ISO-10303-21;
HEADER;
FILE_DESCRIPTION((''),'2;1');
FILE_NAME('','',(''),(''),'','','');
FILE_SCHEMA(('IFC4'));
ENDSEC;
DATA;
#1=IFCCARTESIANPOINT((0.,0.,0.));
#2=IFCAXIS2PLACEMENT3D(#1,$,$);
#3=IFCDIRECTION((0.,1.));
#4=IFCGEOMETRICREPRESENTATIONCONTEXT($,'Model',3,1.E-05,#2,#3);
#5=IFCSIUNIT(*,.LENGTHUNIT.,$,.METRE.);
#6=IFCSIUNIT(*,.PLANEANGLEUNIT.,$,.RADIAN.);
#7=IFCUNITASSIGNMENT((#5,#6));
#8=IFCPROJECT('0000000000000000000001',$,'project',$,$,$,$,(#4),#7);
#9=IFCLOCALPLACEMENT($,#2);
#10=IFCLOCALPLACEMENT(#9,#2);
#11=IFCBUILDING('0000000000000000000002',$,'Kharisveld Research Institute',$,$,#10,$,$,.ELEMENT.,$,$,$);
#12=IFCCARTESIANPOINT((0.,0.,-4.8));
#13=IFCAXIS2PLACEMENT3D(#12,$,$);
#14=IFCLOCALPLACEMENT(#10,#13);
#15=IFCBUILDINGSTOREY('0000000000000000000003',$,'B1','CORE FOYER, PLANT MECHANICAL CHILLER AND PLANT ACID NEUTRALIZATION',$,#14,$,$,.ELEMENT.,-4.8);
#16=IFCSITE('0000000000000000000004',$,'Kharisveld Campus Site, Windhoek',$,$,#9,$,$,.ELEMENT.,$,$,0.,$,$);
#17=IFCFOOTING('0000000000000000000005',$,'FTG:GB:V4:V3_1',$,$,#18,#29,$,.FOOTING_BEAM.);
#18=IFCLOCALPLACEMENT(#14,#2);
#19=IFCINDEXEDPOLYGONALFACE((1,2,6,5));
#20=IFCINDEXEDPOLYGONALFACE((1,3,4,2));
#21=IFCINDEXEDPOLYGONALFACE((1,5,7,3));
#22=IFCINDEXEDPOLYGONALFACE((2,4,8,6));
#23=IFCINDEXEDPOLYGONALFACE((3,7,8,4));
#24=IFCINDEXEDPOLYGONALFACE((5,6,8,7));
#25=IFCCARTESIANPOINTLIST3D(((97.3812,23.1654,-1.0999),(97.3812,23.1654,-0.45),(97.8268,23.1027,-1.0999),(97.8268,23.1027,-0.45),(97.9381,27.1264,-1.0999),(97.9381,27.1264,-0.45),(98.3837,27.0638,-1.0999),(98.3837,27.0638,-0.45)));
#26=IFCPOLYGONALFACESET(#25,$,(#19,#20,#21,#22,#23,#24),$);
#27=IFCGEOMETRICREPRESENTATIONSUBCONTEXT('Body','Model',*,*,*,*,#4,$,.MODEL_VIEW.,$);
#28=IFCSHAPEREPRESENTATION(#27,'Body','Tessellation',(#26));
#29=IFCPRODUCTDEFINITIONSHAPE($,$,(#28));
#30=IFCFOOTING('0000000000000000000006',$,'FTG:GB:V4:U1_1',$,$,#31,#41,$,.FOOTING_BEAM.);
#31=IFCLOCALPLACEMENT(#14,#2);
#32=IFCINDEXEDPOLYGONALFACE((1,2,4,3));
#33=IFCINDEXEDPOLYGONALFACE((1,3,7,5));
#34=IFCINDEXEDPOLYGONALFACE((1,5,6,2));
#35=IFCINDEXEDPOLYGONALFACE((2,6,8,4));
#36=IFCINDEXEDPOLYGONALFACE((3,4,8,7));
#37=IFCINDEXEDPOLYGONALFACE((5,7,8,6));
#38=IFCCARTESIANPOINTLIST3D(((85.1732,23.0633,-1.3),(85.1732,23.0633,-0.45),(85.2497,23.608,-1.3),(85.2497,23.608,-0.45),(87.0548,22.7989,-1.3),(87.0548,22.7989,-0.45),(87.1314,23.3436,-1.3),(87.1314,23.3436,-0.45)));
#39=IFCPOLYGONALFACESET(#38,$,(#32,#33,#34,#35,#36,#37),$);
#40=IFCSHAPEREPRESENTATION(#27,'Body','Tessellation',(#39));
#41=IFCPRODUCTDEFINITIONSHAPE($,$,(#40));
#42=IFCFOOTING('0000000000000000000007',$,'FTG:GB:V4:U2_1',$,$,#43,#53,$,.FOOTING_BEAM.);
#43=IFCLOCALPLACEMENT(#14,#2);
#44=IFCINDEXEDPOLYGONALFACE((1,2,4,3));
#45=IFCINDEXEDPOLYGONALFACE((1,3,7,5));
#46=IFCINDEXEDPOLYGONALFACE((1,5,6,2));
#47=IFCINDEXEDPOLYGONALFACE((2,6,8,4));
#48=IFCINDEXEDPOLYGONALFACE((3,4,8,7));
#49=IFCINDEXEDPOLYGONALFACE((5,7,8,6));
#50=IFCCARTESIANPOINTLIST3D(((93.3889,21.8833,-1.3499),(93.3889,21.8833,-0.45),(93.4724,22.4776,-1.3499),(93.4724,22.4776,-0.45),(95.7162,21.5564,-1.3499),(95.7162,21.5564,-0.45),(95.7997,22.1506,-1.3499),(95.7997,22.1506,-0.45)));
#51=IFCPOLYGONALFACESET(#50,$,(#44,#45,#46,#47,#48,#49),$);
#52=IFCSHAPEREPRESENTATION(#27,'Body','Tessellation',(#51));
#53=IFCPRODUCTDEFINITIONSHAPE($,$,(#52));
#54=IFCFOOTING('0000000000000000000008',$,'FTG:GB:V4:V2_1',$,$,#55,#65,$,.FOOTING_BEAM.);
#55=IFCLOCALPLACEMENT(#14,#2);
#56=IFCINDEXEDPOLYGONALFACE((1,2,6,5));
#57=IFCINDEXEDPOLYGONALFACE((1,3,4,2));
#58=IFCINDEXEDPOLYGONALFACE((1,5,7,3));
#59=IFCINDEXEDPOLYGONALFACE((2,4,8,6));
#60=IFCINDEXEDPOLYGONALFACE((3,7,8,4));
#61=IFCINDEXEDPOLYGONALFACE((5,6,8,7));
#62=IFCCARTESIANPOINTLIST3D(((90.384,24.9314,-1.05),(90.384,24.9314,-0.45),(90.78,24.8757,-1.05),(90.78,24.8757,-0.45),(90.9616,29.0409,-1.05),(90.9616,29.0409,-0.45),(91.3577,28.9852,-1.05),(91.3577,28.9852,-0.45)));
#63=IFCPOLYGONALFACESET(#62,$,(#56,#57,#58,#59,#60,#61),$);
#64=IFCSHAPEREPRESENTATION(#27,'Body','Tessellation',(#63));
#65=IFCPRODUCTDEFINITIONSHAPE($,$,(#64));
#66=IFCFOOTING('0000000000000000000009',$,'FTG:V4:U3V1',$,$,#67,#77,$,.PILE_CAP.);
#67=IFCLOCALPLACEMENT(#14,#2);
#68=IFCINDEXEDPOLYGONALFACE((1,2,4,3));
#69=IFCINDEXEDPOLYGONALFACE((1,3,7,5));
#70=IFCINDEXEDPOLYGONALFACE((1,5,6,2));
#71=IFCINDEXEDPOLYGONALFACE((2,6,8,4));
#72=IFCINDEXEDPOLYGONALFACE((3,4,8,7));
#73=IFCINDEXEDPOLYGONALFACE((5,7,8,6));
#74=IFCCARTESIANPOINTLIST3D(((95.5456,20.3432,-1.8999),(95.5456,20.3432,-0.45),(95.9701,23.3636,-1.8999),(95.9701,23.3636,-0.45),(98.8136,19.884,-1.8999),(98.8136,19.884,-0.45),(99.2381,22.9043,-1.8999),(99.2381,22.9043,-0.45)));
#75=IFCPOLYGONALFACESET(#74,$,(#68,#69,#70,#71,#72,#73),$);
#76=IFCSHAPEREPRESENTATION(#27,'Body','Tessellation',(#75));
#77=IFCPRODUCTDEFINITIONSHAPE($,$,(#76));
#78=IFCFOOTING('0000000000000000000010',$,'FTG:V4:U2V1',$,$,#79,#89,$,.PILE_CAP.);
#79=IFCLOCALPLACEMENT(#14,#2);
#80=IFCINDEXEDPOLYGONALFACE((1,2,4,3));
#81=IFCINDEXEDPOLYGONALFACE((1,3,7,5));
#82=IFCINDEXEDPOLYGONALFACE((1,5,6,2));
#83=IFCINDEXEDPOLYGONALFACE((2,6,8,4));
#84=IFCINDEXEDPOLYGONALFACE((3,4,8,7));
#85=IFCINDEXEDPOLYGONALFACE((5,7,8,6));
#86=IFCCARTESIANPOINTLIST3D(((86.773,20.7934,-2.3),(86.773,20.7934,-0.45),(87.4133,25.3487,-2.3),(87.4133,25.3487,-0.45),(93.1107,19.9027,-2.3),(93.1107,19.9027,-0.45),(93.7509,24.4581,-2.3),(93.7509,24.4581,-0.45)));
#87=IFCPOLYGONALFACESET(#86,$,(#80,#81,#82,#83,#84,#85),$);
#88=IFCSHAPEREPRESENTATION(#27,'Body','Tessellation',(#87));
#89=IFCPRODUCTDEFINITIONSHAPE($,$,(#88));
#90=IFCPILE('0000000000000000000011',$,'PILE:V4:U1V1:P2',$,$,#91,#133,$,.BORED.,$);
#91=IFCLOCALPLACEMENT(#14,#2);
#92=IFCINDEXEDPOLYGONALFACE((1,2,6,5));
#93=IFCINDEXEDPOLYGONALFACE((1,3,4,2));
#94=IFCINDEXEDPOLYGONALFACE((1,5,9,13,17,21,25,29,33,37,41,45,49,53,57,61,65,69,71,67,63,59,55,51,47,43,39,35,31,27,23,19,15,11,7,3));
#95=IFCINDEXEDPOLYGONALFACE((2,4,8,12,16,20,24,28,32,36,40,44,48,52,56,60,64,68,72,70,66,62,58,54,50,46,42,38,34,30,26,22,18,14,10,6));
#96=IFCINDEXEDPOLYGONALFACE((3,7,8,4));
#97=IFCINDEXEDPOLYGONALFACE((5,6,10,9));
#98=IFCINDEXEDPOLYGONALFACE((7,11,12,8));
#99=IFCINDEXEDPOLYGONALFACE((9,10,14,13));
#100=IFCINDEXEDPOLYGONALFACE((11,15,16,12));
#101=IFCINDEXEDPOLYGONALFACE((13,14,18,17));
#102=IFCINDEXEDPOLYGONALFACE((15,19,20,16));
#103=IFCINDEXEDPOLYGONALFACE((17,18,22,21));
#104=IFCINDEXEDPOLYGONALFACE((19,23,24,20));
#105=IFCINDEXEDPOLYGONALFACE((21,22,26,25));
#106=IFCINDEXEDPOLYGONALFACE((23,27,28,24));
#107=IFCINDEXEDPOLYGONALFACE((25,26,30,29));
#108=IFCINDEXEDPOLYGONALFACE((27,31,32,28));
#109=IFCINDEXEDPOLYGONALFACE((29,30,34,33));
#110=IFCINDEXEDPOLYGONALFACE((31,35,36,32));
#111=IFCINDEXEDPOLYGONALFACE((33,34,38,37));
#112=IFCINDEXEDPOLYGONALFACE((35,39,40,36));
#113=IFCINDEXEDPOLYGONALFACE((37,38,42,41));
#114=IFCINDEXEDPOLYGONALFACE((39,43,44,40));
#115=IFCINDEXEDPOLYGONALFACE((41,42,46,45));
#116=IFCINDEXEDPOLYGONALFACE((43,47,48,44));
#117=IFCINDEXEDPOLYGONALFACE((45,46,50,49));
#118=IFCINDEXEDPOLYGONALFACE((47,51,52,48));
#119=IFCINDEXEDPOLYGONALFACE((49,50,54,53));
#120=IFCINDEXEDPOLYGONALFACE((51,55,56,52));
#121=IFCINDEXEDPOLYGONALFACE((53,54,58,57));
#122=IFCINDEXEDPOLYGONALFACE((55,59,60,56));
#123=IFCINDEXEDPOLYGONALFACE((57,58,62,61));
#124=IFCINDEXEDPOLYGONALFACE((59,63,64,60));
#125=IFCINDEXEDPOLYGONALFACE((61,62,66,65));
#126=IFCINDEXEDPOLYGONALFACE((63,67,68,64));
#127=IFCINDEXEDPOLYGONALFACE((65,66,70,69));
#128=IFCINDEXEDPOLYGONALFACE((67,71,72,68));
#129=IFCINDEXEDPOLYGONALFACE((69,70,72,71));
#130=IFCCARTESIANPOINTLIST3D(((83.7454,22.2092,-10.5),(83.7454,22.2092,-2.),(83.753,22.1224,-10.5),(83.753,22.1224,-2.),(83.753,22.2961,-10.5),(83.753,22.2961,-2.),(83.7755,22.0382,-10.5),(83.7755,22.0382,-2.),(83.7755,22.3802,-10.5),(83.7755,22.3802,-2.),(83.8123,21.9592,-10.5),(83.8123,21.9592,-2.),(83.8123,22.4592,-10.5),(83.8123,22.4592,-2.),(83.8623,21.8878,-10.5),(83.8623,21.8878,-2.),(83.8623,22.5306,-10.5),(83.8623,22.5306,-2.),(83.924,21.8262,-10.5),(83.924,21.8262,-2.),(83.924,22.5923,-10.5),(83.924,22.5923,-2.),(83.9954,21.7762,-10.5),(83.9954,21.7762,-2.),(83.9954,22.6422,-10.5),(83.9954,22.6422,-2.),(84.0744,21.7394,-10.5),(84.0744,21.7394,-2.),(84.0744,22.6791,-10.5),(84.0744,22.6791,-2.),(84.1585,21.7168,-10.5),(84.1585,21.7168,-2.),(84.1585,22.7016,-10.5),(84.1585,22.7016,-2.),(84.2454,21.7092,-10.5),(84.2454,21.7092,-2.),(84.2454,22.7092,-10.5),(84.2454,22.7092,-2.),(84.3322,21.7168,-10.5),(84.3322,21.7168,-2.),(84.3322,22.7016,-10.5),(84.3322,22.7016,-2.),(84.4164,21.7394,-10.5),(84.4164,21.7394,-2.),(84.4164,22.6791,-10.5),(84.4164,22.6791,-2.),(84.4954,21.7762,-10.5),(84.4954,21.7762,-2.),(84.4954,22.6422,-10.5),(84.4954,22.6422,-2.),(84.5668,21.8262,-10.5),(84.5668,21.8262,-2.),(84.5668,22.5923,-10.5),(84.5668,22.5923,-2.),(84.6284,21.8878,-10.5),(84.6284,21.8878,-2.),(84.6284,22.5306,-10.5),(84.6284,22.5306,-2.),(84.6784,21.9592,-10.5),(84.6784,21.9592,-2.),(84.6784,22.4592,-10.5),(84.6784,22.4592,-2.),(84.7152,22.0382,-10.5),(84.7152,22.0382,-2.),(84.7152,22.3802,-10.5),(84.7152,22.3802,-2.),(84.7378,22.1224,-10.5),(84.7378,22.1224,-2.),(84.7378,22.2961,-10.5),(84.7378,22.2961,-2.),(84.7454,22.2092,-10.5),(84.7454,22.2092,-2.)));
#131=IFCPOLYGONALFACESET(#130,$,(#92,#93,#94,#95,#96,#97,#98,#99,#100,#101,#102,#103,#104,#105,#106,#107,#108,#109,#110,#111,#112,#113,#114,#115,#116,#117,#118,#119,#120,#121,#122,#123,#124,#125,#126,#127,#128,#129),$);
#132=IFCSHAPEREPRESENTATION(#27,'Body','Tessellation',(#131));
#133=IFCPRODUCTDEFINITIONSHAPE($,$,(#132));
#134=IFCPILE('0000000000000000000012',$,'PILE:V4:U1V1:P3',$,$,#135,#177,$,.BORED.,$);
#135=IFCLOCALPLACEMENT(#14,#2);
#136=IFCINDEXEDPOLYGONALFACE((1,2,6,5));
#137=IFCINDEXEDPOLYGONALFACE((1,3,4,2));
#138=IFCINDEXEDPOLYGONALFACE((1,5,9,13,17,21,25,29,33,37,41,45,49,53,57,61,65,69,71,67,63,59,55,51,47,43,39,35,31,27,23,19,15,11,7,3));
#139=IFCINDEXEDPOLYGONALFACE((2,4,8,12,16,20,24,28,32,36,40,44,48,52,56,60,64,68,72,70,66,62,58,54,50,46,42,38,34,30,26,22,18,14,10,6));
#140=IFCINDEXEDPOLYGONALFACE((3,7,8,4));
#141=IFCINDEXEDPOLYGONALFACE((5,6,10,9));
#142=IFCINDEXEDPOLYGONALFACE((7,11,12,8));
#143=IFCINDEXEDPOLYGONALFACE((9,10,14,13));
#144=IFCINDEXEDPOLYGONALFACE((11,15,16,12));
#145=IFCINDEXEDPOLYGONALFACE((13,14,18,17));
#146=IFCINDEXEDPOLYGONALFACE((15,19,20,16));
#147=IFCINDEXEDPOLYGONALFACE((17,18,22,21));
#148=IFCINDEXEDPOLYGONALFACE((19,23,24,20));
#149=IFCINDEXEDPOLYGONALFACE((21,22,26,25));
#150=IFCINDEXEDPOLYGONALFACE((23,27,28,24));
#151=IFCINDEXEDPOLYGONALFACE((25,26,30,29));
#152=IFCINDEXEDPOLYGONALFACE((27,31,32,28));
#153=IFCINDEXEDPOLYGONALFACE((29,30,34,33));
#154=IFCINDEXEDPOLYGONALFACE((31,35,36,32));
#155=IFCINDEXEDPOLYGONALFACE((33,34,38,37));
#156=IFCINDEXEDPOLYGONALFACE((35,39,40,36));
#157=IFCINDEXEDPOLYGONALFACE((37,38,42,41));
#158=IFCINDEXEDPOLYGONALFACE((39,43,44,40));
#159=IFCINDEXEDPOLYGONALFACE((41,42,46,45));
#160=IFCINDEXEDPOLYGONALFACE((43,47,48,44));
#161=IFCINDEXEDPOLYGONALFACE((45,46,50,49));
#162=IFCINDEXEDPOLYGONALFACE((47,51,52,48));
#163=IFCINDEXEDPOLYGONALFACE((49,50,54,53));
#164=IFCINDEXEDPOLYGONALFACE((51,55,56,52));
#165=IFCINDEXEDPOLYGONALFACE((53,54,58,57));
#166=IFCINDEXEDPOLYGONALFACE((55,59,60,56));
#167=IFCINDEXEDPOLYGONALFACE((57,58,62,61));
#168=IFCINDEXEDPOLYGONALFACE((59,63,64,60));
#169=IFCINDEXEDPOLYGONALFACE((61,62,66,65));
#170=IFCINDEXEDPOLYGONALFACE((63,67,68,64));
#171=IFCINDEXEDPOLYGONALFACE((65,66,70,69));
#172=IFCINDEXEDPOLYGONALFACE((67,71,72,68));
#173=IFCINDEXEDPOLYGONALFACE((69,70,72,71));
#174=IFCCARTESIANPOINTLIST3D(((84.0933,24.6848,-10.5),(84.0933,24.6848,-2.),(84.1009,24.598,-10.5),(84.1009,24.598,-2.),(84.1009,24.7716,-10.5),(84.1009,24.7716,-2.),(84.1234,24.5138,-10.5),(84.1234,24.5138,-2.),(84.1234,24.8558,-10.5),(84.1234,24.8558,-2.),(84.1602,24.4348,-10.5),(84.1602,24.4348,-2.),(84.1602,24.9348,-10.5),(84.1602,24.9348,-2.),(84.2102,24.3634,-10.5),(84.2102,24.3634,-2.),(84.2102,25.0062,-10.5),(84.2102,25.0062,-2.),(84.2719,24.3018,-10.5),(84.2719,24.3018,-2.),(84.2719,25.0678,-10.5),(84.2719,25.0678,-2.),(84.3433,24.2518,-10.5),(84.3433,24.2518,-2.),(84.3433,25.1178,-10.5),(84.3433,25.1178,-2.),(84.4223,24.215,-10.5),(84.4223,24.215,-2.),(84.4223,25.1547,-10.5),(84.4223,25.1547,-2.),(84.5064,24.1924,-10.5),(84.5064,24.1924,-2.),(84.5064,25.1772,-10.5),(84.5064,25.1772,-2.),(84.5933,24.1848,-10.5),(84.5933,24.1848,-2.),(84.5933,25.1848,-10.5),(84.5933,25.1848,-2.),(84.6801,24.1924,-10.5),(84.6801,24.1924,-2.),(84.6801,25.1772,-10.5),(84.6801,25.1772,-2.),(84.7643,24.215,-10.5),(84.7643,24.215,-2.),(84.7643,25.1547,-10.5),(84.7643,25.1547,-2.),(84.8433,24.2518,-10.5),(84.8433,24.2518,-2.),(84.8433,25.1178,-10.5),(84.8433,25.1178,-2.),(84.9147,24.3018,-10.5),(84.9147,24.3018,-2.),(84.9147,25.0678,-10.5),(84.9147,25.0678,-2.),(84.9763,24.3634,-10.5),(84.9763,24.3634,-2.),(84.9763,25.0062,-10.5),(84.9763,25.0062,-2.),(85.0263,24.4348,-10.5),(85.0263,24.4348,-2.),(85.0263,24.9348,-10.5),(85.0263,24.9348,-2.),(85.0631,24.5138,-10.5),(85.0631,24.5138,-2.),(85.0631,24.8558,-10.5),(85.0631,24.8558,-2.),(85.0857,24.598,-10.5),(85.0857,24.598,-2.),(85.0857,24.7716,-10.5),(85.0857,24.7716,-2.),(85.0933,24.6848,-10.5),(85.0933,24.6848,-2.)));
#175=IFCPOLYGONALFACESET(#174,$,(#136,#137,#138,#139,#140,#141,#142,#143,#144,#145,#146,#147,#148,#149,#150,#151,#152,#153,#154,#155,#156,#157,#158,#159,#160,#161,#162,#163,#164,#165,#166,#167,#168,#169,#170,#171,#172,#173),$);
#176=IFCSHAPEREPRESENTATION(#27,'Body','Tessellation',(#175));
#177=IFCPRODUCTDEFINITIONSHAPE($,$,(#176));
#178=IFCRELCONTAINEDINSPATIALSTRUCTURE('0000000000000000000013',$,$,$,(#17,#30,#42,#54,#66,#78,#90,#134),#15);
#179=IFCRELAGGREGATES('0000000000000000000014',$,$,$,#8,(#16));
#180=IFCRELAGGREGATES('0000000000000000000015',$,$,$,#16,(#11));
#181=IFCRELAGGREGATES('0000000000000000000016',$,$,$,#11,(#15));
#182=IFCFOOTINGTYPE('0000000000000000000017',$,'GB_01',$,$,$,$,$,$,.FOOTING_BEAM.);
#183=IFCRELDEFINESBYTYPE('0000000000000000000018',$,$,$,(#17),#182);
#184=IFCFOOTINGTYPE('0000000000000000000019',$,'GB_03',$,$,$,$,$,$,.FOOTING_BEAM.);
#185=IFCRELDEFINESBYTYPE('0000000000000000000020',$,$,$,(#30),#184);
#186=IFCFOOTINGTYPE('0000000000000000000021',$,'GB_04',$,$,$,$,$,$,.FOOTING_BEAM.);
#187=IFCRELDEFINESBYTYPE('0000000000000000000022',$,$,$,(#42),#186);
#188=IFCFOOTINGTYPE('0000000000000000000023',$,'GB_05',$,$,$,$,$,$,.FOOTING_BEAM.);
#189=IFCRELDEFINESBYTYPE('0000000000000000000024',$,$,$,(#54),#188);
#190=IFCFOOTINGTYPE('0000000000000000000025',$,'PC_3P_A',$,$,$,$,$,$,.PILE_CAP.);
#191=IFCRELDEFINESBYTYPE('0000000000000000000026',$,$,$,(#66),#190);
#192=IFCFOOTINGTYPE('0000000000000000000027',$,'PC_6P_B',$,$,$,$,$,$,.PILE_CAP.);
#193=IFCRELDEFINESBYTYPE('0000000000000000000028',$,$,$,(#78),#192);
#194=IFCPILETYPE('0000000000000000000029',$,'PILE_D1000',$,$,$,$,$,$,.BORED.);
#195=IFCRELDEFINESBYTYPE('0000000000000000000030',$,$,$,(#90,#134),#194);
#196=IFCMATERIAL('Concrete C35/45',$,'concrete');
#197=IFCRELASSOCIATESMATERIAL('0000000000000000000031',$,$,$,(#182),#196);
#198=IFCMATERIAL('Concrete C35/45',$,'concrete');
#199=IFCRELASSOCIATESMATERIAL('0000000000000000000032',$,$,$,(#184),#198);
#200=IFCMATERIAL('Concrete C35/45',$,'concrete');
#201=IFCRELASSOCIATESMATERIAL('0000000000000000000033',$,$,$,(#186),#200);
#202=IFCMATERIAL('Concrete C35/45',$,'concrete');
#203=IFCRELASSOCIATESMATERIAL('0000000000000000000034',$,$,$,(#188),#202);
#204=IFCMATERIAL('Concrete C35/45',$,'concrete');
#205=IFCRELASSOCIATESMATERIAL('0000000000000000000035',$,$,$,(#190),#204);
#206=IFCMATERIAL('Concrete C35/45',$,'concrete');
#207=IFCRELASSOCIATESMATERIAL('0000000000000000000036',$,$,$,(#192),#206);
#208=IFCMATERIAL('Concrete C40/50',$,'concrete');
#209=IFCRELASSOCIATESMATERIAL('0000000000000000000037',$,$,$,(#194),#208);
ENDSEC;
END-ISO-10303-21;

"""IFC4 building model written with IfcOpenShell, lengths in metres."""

from ifc_helpers import new_model, si_unit, direction, frame, origin, origin_2d, place, context, subcontext, project, spatial, rectangle, circle, extrude, material, material_profile, profile_set, type_object, element, save


model = new_model("IFC4")

# Units and contexts
model_context = context("Model", 3, precision=1e-05, world=origin(), true_north=direction((0.0, 1.0)))
body_context = subcontext(model_context, "Body", "Model", "MODEL_VIEW")
ifc_project = project(units=[si_unit("LENGTHUNIT", "METRE"), si_unit("PLANEANGLEUNIT", "RADIAN")], contexts=[model_context])

# Site, building, storey
site_placement = place(None, origin())
site = spatial("IfcSite", under=ifc_project, at=site_placement, Name="Kharisveld Campus Site, Windhoek", CompositionType="ELEMENT", RefElevation=0.0)
building_placement = place(site_placement, origin())
building = spatial("IfcBuilding", under=site, at=building_placement, Name="Kharisveld Research Institute", CompositionType="ELEMENT")
storey_placement = place(building_placement, frame((0.0, 0.0, -4.8)))
storey = spatial("IfcBuildingStorey", under=building, at=storey_placement, Name="B1", Description="CORE FOYER, PLANT MECHANICAL CHILLER AND PLANT ACID NEUTRALIZATION", CompositionType="ELEMENT", Elevation=-4.8)

# Footings
ifc_material_1 = material(Name="Concrete C35/45", Category="concrete")
ifc_material_profile_1 = material_profile(ifc_material_1, rectangle(XDim=0.45, YDim=0.6499, at=origin_2d()))
ifc_profile_set_1 = profile_set([ifc_material_profile_1], Name="Concrete C35/45")
footing_type_1 = type_object("IfcFootingType", Name="GB_01", PredefinedType="FOOTING_BEAM", material=ifc_profile_set_1)
footing_1_placement = place(storey_placement, frame((97.604, 23.134, -0.7749), z_axis=(0.139225, 0.990261, 0.0), x_axis=(-0.990261, 0.139225, 0.0)))
element("IfcFooting", 1, at=footing_1_placement, inside=storey, type_object=footing_type_1, Name="FTG:GB:V4:V3_1", PredefinedType="FOOTING_BEAM", context=body_context, shape_type="SweptSolid", body=[
    extrude(rectangle(XDim=0.45, YDim=0.6499, at=origin_2d()), origin(), (0.0, 0.0, 1.0), 4.0),
])
ifc_material_2 = material(Name="Concrete C35/45", Category="concrete")
ifc_material_profile_2 = material_profile(ifc_material_2, rectangle(XDim=0.55, YDim=0.8501, at=origin_2d()))
ifc_profile_set_2 = profile_set([ifc_material_profile_2], Name="Concrete C35/45")
footing_type_2 = type_object("IfcFootingType", Name="GB_03", PredefinedType="FOOTING_BEAM", material=ifc_profile_set_2)
footing_2_placement = place(storey_placement, frame((85.2114, 23.3357, -0.875), z_axis=(0.990271, -0.139154, 0.0), x_axis=(0.139154, 0.990271, 0.0)))
element("IfcFooting", 2, at=footing_2_placement, inside=storey, type_object=footing_type_2, Name="FTG:GB:V4:U1_1", PredefinedType="FOOTING_BEAM", context=body_context, shape_type="SweptSolid", body=[
    extrude(rectangle(XDim=0.55, YDim=0.8501, at=origin_2d()), origin(), (0.0, 0.0, 1.0), 1.9001),
])
ifc_material_3 = material(Name="Concrete C35/45", Category="concrete")
ifc_material_profile_3 = material_profile(ifc_material_3, rectangle(XDim=0.6001, YDim=0.8999, at=origin_2d()))
ifc_profile_set_3 = profile_set([ifc_material_profile_3], Name="Concrete C35/45")
footing_type_3 = type_object("IfcFootingType", Name="GB_04", PredefinedType="FOOTING_BEAM", material=ifc_profile_set_3)
footing_3_placement = place(storey_placement, frame((93.4307, 22.1804, -0.8999), z_axis=(0.990277, -0.139108, 0.0), x_axis=(0.139108, 0.990277, 0.0)))
element("IfcFooting", 3, at=footing_3_placement, inside=storey, type_object=footing_type_3, Name="FTG:GB:V4:U2_1", PredefinedType="FOOTING_BEAM", context=body_context, shape_type="SweptSolid", body=[
    extrude(rectangle(XDim=0.6001, YDim=0.8999, at=origin_2d()), origin(), (0.0, 0.0, 1.0), 2.3501),
])
ifc_material_4 = material(Name="Concrete C35/45", Category="concrete")
ifc_material_profile_4 = material_profile(ifc_material_4, rectangle(XDim=0.3999, YDim=0.6001, at=origin_2d()))
ifc_profile_set_4 = profile_set([ifc_material_profile_4], Name="Concrete C35/45")
footing_type_4 = type_object("IfcFootingType", Name="GB_05", PredefinedType="FOOTING_BEAM", material=ifc_profile_set_4)
footing_4_placement = place(storey_placement, frame((90.582, 24.9036, -0.75), z_axis=(0.139189, 0.990266, 0.0), x_axis=(-0.990266, 0.139189, 0.0)))
element("IfcFooting", 4, at=footing_4_placement, inside=storey, type_object=footing_type_4, Name="FTG:GB:V4:V2_1", PredefinedType="FOOTING_BEAM", context=body_context, shape_type="SweptSolid", body=[
    extrude(rectangle(XDim=0.3999, YDim=0.6001, at=origin_2d()), origin(), (0.0, 0.0, 1.0), 4.1499),
])
ifc_material_5 = material(Name="Concrete C35/45", Category="concrete")
footing_type_5 = type_object("IfcFootingType", Name="PC_3P_A", PredefinedType="PILE_CAP", material=ifc_material_5)
footing_5_placement = place(storey_placement, frame((97.3918, 21.6238, -1.8999), z_axis=(0.0, 0.0, 1.0), x_axis=(0.990268, -0.139173, 0.0)))
element("IfcFooting", 5, at=footing_5_placement, inside=storey, type_object=footing_type_5, Name="FTG:V4:U3V1", PredefinedType="PILE_CAP", context=body_context, shape_type="SweptSolid", body=[
    extrude(rectangle(XDim=3.3, YDim=3.05, at=origin_2d()), origin(), (0.0, 0.0, 1.0), 1.45),
])
ifc_material_6 = material(Name="Concrete C35/45", Category="concrete")
footing_type_6 = type_object("IfcFootingType", Name="PC_6P_B", PredefinedType="PILE_CAP", material=ifc_material_6)
footing_6_placement = place(storey_placement, frame((90.262, 22.6257, -2.3), z_axis=(0.0, 0.0, 1.0), x_axis=(0.990268, -0.139173, 0.0)))
element("IfcFooting", 6, at=footing_6_placement, inside=storey, type_object=footing_type_6, Name="FTG:V4:U2V1", PredefinedType="PILE_CAP", context=body_context, shape_type="SweptSolid", body=[
    extrude(rectangle(XDim=6.3999, YDim=4.6001, at=origin_2d()), origin(), (0.0, 0.0, 1.0), 1.8501),
])

# Piles
ifc_material_7 = material(Name="Concrete C40/50", Category="concrete")
ifc_material_profile_5 = material_profile(ifc_material_7, circle(Radius=0.5, at=origin_2d()))
ifc_profile_set_5 = profile_set([ifc_material_profile_5], Name="Concrete C40/50")
pile_type_1 = type_object("IfcPileType", Name="PILE_D1000", PredefinedType="BORED", material=ifc_profile_set_5)
for number, where, z_axis, x_axis, name in (
    (7, (84.2454, 22.2092, -2.0), (0.0, 0.0, -1.0), (1.0, 0.0, 0.0), "PILE:V4:U1V1:P2"),
    (8, (84.5933, 24.6848, -2.0), (0.0, 0.0, -1.0), (1.0, 0.0, 0.0), "PILE:V4:U1V1:P3"),
):
    element("IfcPile", number, at=place(storey_placement, frame(where, z_axis=z_axis, x_axis=x_axis)), inside=storey, type_object=pile_type_1, Name=name, PredefinedType="BORED", context=body_context, shape_type="SweptSolid", body=[
        extrude(circle(Radius=0.5, at=origin_2d()), origin(), (0.0, 0.0, 1.0), 8.5),
    ])

save(model, "model.ifc")
